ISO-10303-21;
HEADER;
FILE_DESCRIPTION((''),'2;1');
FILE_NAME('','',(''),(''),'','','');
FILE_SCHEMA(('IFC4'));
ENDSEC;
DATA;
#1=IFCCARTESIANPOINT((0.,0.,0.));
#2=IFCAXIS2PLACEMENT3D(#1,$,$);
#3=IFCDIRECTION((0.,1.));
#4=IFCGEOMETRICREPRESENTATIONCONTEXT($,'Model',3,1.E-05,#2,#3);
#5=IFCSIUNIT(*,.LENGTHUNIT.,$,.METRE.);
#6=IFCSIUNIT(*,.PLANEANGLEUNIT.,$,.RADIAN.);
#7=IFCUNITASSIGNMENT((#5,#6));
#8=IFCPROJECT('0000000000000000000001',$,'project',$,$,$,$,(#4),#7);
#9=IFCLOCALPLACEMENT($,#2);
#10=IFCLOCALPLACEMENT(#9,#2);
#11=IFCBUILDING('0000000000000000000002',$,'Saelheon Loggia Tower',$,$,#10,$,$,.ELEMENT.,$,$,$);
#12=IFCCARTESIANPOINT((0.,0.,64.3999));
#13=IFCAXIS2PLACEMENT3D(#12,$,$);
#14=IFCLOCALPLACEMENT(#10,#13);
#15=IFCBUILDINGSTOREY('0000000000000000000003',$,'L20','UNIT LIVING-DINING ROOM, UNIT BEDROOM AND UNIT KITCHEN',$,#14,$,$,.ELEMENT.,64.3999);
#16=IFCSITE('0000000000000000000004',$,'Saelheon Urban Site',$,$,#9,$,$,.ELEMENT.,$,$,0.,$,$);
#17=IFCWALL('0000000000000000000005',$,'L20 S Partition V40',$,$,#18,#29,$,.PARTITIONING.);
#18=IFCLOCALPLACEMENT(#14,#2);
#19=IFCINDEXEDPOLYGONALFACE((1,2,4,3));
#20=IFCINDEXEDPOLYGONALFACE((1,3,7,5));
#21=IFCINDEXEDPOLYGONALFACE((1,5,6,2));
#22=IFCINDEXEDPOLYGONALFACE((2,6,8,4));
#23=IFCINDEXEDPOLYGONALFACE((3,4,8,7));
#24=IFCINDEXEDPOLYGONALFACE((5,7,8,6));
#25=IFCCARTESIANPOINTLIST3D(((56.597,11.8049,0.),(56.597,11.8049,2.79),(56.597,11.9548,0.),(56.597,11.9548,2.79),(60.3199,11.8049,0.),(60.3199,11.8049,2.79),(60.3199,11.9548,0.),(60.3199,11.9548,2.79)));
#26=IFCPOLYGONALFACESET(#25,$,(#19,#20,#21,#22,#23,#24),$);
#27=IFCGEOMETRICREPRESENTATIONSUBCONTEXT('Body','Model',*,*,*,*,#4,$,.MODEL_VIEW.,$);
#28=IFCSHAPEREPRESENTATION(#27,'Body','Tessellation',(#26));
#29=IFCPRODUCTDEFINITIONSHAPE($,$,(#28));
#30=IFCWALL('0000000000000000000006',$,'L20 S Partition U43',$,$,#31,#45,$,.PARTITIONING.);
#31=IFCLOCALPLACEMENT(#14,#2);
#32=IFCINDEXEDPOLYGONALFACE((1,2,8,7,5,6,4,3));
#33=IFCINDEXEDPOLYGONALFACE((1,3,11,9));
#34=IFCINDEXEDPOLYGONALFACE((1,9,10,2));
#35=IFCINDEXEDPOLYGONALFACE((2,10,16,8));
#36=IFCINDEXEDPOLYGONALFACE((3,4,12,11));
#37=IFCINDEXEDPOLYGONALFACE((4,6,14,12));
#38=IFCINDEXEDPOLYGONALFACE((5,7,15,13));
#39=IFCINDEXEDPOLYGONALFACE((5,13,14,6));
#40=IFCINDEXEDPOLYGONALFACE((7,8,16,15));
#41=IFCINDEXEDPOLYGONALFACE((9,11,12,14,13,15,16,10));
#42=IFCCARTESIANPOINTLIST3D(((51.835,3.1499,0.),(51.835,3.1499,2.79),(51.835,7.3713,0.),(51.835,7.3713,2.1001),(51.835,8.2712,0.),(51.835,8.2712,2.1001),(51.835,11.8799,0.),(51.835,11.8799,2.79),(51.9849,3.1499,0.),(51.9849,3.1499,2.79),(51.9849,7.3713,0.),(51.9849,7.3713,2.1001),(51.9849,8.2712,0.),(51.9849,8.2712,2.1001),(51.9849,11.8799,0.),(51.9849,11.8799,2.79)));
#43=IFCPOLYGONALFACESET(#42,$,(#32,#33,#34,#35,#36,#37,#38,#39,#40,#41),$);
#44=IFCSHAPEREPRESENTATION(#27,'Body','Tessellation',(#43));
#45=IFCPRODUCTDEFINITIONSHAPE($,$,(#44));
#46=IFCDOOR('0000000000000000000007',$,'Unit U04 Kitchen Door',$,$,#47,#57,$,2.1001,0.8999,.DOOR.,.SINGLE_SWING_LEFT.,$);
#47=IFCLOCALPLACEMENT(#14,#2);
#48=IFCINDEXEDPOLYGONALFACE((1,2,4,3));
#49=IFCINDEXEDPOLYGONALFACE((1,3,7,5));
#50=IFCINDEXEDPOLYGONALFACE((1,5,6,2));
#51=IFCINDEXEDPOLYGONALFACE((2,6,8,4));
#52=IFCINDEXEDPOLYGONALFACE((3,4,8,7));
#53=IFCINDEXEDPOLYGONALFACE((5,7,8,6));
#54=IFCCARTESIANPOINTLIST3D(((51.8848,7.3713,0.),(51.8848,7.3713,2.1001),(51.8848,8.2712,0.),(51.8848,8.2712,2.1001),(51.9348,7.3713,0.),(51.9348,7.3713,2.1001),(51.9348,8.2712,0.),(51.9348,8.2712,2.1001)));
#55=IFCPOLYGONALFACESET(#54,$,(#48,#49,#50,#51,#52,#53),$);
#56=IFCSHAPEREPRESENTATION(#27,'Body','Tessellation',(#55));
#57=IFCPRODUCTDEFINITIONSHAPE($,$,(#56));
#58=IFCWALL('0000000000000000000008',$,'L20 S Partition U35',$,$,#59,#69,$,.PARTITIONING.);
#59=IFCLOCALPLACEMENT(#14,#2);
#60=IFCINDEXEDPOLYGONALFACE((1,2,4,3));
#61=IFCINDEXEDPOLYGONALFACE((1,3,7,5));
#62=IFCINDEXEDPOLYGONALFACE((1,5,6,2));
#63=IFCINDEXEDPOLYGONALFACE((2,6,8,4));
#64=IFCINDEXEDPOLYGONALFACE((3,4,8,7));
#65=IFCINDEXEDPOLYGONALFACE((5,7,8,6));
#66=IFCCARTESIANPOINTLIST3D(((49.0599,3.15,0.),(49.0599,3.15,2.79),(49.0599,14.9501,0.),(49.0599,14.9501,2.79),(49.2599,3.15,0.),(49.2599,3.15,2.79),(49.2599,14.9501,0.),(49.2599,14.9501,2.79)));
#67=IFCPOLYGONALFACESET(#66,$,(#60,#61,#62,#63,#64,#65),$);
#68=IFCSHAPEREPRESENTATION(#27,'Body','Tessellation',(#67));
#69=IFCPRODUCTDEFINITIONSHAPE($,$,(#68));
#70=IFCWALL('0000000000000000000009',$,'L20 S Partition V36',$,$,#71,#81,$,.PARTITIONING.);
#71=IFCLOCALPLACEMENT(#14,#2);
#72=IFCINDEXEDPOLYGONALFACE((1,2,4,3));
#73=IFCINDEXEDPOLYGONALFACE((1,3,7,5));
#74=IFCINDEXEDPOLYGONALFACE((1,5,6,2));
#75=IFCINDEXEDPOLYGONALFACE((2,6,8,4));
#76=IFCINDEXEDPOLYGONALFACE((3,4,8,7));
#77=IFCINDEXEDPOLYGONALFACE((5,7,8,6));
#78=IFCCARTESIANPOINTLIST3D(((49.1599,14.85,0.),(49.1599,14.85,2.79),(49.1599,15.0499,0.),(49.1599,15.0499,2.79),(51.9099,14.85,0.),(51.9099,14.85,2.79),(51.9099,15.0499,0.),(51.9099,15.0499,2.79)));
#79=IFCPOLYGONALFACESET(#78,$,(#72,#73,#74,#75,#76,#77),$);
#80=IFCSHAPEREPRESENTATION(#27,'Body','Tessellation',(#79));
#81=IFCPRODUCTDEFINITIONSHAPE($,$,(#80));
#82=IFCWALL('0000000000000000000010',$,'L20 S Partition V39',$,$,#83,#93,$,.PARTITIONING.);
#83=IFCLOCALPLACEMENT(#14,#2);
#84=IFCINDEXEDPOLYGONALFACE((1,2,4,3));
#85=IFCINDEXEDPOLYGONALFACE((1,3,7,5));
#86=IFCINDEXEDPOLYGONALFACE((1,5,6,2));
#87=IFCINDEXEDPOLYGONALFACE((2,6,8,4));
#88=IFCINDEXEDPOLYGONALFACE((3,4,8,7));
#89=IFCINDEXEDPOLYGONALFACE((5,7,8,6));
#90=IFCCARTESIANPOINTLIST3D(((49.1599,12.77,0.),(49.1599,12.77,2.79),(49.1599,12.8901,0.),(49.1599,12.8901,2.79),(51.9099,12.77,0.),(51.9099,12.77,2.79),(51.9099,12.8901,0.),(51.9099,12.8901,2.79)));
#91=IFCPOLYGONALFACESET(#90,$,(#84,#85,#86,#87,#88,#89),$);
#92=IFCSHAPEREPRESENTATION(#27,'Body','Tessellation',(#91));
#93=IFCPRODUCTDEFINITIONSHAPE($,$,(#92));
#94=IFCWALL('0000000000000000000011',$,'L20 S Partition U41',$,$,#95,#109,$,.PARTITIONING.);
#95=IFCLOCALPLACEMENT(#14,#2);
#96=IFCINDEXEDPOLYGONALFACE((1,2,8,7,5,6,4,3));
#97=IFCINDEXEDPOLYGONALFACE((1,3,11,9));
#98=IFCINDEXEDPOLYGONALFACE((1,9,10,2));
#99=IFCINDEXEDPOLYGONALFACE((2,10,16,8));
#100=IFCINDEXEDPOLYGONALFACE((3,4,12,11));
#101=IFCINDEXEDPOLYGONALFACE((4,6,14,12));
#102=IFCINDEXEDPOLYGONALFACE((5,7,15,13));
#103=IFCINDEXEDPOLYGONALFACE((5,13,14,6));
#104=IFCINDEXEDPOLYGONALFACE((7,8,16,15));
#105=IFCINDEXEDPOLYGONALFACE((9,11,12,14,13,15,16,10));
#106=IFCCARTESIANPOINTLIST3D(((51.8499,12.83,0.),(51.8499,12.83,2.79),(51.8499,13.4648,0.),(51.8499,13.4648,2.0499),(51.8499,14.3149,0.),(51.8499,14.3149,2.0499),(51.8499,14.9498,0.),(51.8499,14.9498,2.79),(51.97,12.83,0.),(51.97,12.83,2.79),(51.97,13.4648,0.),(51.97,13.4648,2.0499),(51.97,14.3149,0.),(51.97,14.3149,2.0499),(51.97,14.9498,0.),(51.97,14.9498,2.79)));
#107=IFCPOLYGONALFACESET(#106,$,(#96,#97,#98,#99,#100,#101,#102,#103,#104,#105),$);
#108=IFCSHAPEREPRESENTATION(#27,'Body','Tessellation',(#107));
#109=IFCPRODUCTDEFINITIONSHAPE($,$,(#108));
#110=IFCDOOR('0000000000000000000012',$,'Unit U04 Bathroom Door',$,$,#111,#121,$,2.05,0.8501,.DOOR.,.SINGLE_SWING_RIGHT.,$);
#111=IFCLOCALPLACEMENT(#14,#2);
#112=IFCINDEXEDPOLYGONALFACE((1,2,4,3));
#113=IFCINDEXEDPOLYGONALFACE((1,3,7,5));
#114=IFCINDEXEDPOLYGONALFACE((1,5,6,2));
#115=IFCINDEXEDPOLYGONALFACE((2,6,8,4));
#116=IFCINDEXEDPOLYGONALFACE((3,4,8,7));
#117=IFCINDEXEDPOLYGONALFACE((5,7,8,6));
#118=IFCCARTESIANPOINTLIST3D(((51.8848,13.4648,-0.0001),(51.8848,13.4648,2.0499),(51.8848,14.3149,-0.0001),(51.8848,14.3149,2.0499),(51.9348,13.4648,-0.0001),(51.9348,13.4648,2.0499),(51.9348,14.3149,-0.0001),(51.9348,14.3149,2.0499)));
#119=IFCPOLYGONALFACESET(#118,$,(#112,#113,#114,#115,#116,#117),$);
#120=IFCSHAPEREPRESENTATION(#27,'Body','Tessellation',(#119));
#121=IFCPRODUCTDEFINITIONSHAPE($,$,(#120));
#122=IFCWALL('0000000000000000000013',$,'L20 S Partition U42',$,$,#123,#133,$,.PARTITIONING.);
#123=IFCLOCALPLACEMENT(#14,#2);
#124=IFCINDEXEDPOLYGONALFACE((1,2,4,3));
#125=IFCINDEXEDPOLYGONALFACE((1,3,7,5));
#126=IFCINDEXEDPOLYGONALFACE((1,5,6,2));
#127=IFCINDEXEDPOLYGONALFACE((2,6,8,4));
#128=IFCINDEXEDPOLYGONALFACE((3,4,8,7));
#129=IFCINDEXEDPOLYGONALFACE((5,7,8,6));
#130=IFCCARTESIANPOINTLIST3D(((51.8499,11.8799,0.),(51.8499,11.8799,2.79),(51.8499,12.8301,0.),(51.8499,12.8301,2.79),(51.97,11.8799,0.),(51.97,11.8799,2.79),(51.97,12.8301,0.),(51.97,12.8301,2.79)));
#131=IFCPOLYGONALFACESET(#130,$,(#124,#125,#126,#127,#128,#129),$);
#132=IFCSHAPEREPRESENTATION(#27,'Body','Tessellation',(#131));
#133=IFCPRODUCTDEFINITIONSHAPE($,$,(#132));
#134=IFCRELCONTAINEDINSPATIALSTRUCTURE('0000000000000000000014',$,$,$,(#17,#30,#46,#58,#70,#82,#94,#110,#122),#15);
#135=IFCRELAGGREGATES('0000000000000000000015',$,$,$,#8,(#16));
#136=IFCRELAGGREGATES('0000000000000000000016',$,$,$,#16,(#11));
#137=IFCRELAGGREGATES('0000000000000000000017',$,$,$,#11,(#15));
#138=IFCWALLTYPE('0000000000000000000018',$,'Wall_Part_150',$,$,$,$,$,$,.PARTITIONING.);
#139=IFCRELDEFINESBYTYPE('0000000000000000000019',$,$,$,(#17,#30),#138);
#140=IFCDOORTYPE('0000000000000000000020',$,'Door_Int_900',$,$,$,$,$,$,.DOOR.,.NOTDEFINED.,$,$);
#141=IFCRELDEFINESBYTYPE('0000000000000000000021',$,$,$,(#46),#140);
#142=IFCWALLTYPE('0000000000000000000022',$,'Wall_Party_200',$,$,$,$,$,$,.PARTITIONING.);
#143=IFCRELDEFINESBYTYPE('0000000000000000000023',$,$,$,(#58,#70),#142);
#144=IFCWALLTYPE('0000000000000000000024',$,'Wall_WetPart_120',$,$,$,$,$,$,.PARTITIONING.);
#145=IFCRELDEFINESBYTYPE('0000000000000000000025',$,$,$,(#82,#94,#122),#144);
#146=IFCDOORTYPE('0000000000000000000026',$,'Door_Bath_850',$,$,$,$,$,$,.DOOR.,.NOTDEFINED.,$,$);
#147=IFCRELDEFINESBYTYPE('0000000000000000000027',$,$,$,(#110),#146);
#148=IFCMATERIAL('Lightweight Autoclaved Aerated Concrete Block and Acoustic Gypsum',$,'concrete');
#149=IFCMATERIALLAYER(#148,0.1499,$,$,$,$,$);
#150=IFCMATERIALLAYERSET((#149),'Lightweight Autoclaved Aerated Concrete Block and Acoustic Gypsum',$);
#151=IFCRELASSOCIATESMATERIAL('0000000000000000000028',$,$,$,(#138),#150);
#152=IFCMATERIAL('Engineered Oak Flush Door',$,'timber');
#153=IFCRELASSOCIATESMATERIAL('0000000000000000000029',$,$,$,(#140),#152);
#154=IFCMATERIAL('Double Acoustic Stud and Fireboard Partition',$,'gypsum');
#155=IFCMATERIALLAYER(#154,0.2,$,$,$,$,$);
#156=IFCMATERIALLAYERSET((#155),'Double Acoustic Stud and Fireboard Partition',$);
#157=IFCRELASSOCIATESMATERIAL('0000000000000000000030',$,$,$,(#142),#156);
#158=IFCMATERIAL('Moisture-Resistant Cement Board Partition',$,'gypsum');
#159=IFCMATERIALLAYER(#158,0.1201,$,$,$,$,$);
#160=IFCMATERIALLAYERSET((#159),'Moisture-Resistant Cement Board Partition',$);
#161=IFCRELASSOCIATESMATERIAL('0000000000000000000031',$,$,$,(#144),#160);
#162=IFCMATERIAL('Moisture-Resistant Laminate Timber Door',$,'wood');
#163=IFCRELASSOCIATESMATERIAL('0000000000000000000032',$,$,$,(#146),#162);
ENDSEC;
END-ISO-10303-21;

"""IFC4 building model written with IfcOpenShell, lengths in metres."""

from ifc_helpers import new_model, si_unit, direction, frame, frame_2d, origin, place, context, subcontext, project, spatial, rectangle, extrude, source, transform, mapped, material, layer, layer_set, type_object, element, fill, save


model = new_model("IFC4")

# Units and contexts
model_context = context("Model", 3, precision=1e-05, world=origin(), true_north=direction((0.0, 1.0)))
body_context = subcontext(model_context, "Body", "Model", "MODEL_VIEW")
ifc_project = project(units=[si_unit("LENGTHUNIT", "METRE"), si_unit("PLANEANGLEUNIT", "RADIAN")], contexts=[model_context])

# Site, building, storey
site_placement = place(None, origin())
site = spatial("IfcSite", under=ifc_project, at=site_placement, Name="Saelheon Urban Site", CompositionType="ELEMENT", RefElevation=0.0)
building_placement = place(site_placement, origin())
building = spatial("IfcBuilding", under=site, at=building_placement, Name="Saelheon Loggia Tower", CompositionType="ELEMENT")
storey_placement = place(building_placement, frame((0.0, 0.0, 64.3999)))
storey = spatial("IfcBuildingStorey", under=building, at=storey_placement, Name="L20", Description="UNIT LIVING-DINING ROOM, UNIT BEDROOM AND UNIT KITCHEN", CompositionType="ELEMENT", Elevation=64.3999)

# Wall
ifc_material_1 = material(Name="Lightweight Autoclaved Aerated Concrete Block and Acoustic Gypsum", Category="concrete")
ifc_layer_1 = layer(ifc_material_1, 0.1499)
ifc_layer_set_1 = layer_set([ifc_layer_1], Name="Lightweight Autoclaved Aerated Concrete Block and Acoustic Gypsum")
wall_type_1 = type_object("IfcWallType", Name="Wall_Part_150", PredefinedType="PARTITIONING", material=ifc_layer_set_1)
wall_1_placement = place(storey_placement, frame((56.5972, 11.8799, 0.0), z_axis=(0.0, 0.0, 1.0), x_axis=(1.0, 0.0, 0.0)))
element("IfcWall", 1, at=wall_1_placement, inside=storey, type_object=wall_type_1, Name="L20 S Partition V40", PredefinedType="PARTITIONING", context=body_context, shape_type="SweptSolid", body=[
    extrude(rectangle(XDim=3.7229, YDim=0.1499, at=frame_2d((1.8613, 0.0))), origin(), (0.0, 0.0, 1.0), 2.79),
])

# Wall, opening, door
wall_2_placement = place(storey_placement, frame((51.9099, 11.8799, 0.0), z_axis=(0.0, 0.0, 1.0), x_axis=(0.0, -1.0, 0.0)))
wall_2 = element("IfcWall", 2, at=wall_2_placement, inside=storey, type_object=wall_type_1, Name="L20 S Partition U43", PredefinedType="PARTITIONING", context=body_context, shape_type="SweptSolid", body=[
    extrude(rectangle(XDim=8.73, YDim=0.1499, at=frame_2d((4.365, 0.0))), origin(), (0.0, 0.0, 1.0), 2.79),
])
opening_1_placement = place(wall_2_placement, frame((3.6086, 0.0, 0.0)))
opening_1 = element("IfcOpeningElement", 3, at=opening_1_placement, cuts=wall_2, PredefinedType="OPENING", context=body_context, shape_type="SweptSolid", body=[
    extrude(rectangle(XDim=0.8999, YDim=2.1001, at=frame_2d((0.45, 1.05))), frame((0.0, 0.0869, 0.0), z_axis=(0.0, -1.0, 0.0), x_axis=(1.0, 0.0, 0.0)), (0.0, 0.0, 1.0), 0.1738),
])
ifc_material_2 = material(Name="Engineered Oak Flush Door", Category="timber")
door_type_1 = type_object("IfcDoorType", Name="Door_Int_900", OperationType="NOTDEFINED", PredefinedType="DOOR", material=ifc_material_2)
shared_shape_1 = source(origin(), body_context, "Body", "SweptSolid", [
    extrude(rectangle(XDim=0.8999, YDim=2.1001, at=frame_2d((0.45, 1.05))), frame((0.0, 0.0249, 0.0), z_axis=(0.0, -1.0, 0.0), x_axis=(1.0, 0.0, 0.0)), (0.0, 0.0, 1.0), 0.05),
])
door_1_placement = place(opening_1_placement, origin())
door_1 = element("IfcDoor", 4, at=door_1_placement, inside=storey, type_object=door_type_1, Name="Unit U04 Kitchen Door", OperationType="SINGLE_SWING_LEFT", OverallHeight=2.1001, OverallWidth=0.8999, PredefinedType="DOOR", context=body_context, shape_type="MappedRepresentation", body=[
    mapped(shared_shape_1, transform((0.0, 0.0, 0.0), scale=1.0)),
])
fill(opening_1, door_1)

# Walls
ifc_material_3 = material(Name="Double Acoustic Stud and Fireboard Partition", Category="gypsum")
ifc_layer_2 = layer(ifc_material_3, 0.2)
ifc_layer_set_2 = layer_set([ifc_layer_2], Name="Double Acoustic Stud and Fireboard Partition")
wall_type_2 = type_object("IfcWallType", Name="Wall_Party_200", PredefinedType="PARTITIONING", material=ifc_layer_set_2)
wall_3_placement = place(storey_placement, frame((49.1599, 14.95, 0.0), z_axis=(0.0, 0.0, 1.0), x_axis=(0.0, -1.0, 0.0)))
element("IfcWall", 5, at=wall_3_placement, inside=storey, type_object=wall_type_2, Name="L20 S Partition U35", PredefinedType="PARTITIONING", context=body_context, shape_type="SweptSolid", body=[
    extrude(rectangle(XDim=11.8, YDim=0.2, at=frame_2d((5.8999, 0.0))), origin(), (0.0, 0.0, 1.0), 2.79),
])
wall_4_placement = place(storey_placement, frame((49.1599, 14.95, 0.0), z_axis=(0.0, 0.0, 1.0), x_axis=(1.0, 0.0, 0.0)))
element("IfcWall", 6, at=wall_4_placement, inside=storey, type_object=wall_type_2, Name="L20 S Partition V36", PredefinedType="PARTITIONING", context=body_context, shape_type="SweptSolid", body=[
    extrude(rectangle(XDim=2.75, YDim=0.2, at=frame_2d((1.375, 0.0))), origin(), (0.0, 0.0, 1.0), 2.79),
])

# Wall
ifc_material_4 = material(Name="Moisture-Resistant Cement Board Partition", Category="gypsum")
ifc_layer_3 = layer(ifc_material_4, 0.1201)
ifc_layer_set_3 = layer_set([ifc_layer_3], Name="Moisture-Resistant Cement Board Partition")
wall_type_3 = type_object("IfcWallType", Name="Wall_WetPart_120", PredefinedType="PARTITIONING", material=ifc_layer_set_3)
wall_5_placement = place(storey_placement, frame((49.1599, 12.8301, 0.0), z_axis=(0.0, 0.0, 1.0), x_axis=(1.0, 0.0, 0.0)))
element("IfcWall", 7, at=wall_5_placement, inside=storey, type_object=wall_type_3, Name="L20 S Partition V39", PredefinedType="PARTITIONING", context=body_context, shape_type="SweptSolid", body=[
    extrude(rectangle(XDim=2.75, YDim=0.1201, at=frame_2d((1.375, 0.0))), origin(), (0.0, 0.0, 1.0), 2.79),
])

# Wall, opening, door
wall_6_placement = place(storey_placement, frame((51.9099, 14.95, 0.0), z_axis=(0.0, 0.0, 1.0), x_axis=(0.0, -1.0, 0.0)))
wall_6 = element("IfcWall", 8, at=wall_6_placement, inside=storey, type_object=wall_type_3, Name="L20 S Partition U41", PredefinedType="PARTITIONING", context=body_context, shape_type="SweptSolid", body=[
    extrude(rectangle(XDim=2.1199, YDim=0.1201, at=frame_2d((1.0601, 0.0))), origin(), (0.0, 0.0, 1.0), 2.79),
])
opening_2_placement = place(wall_6_placement, frame((0.635, 0.0, 0.0)))
opening_2 = element("IfcOpeningElement", 9, at=opening_2_placement, cuts=wall_6, PredefinedType="OPENING", context=body_context, shape_type="SweptSolid", body=[
    extrude(rectangle(XDim=0.8501, YDim=2.05, at=frame_2d((0.425, 1.0249))), frame((0.0, 0.072, 0.0), z_axis=(0.0, -1.0, 0.0), x_axis=(1.0, 0.0, 0.0)), (0.0, 0.0, 1.0), 0.144),
])
ifc_material_5 = material(Name="Moisture-Resistant Laminate Timber Door", Category="wood")
door_type_2 = type_object("IfcDoorType", Name="Door_Bath_850", OperationType="NOTDEFINED", PredefinedType="DOOR", material=ifc_material_5)
shared_shape_2 = source(origin(), body_context, "Body", "SweptSolid", [
    extrude(rectangle(XDim=0.8501, YDim=2.05, at=frame_2d((0.425, 1.0249))), frame((0.0, 0.0249, 0.0), z_axis=(0.0, -1.0, 0.0), x_axis=(1.0, 0.0, 0.0)), (0.0, 0.0, 1.0), 0.05),
])
door_2_placement = place(opening_2_placement, origin())
door_2 = element("IfcDoor", 10, at=door_2_placement, inside=storey, type_object=door_type_2, Name="Unit U04 Bathroom Door", OperationType="SINGLE_SWING_RIGHT", OverallHeight=2.05, OverallWidth=0.8501, PredefinedType="DOOR", context=body_context, shape_type="MappedRepresentation", body=[
    mapped(shared_shape_2, transform((0.0, 0.0, 0.0), scale=1.0)),
])
fill(opening_2, door_2)

# Wall
wall_7_placement = place(storey_placement, frame((51.9099, 12.8301, 0.0), z_axis=(0.0, 0.0, 1.0), x_axis=(0.0, -1.0, 0.0)))
element("IfcWall", 11, at=wall_7_placement, inside=storey, type_object=wall_type_3, Name="L20 S Partition U42", PredefinedType="PARTITIONING", context=body_context, shape_type="SweptSolid", body=[
    extrude(rectangle(XDim=0.9502, YDim=0.1201, at=frame_2d((0.4751, 0.0))), origin(), (0.0, 0.0, 1.0), 2.79),
])

save(model, "model.ifc")
